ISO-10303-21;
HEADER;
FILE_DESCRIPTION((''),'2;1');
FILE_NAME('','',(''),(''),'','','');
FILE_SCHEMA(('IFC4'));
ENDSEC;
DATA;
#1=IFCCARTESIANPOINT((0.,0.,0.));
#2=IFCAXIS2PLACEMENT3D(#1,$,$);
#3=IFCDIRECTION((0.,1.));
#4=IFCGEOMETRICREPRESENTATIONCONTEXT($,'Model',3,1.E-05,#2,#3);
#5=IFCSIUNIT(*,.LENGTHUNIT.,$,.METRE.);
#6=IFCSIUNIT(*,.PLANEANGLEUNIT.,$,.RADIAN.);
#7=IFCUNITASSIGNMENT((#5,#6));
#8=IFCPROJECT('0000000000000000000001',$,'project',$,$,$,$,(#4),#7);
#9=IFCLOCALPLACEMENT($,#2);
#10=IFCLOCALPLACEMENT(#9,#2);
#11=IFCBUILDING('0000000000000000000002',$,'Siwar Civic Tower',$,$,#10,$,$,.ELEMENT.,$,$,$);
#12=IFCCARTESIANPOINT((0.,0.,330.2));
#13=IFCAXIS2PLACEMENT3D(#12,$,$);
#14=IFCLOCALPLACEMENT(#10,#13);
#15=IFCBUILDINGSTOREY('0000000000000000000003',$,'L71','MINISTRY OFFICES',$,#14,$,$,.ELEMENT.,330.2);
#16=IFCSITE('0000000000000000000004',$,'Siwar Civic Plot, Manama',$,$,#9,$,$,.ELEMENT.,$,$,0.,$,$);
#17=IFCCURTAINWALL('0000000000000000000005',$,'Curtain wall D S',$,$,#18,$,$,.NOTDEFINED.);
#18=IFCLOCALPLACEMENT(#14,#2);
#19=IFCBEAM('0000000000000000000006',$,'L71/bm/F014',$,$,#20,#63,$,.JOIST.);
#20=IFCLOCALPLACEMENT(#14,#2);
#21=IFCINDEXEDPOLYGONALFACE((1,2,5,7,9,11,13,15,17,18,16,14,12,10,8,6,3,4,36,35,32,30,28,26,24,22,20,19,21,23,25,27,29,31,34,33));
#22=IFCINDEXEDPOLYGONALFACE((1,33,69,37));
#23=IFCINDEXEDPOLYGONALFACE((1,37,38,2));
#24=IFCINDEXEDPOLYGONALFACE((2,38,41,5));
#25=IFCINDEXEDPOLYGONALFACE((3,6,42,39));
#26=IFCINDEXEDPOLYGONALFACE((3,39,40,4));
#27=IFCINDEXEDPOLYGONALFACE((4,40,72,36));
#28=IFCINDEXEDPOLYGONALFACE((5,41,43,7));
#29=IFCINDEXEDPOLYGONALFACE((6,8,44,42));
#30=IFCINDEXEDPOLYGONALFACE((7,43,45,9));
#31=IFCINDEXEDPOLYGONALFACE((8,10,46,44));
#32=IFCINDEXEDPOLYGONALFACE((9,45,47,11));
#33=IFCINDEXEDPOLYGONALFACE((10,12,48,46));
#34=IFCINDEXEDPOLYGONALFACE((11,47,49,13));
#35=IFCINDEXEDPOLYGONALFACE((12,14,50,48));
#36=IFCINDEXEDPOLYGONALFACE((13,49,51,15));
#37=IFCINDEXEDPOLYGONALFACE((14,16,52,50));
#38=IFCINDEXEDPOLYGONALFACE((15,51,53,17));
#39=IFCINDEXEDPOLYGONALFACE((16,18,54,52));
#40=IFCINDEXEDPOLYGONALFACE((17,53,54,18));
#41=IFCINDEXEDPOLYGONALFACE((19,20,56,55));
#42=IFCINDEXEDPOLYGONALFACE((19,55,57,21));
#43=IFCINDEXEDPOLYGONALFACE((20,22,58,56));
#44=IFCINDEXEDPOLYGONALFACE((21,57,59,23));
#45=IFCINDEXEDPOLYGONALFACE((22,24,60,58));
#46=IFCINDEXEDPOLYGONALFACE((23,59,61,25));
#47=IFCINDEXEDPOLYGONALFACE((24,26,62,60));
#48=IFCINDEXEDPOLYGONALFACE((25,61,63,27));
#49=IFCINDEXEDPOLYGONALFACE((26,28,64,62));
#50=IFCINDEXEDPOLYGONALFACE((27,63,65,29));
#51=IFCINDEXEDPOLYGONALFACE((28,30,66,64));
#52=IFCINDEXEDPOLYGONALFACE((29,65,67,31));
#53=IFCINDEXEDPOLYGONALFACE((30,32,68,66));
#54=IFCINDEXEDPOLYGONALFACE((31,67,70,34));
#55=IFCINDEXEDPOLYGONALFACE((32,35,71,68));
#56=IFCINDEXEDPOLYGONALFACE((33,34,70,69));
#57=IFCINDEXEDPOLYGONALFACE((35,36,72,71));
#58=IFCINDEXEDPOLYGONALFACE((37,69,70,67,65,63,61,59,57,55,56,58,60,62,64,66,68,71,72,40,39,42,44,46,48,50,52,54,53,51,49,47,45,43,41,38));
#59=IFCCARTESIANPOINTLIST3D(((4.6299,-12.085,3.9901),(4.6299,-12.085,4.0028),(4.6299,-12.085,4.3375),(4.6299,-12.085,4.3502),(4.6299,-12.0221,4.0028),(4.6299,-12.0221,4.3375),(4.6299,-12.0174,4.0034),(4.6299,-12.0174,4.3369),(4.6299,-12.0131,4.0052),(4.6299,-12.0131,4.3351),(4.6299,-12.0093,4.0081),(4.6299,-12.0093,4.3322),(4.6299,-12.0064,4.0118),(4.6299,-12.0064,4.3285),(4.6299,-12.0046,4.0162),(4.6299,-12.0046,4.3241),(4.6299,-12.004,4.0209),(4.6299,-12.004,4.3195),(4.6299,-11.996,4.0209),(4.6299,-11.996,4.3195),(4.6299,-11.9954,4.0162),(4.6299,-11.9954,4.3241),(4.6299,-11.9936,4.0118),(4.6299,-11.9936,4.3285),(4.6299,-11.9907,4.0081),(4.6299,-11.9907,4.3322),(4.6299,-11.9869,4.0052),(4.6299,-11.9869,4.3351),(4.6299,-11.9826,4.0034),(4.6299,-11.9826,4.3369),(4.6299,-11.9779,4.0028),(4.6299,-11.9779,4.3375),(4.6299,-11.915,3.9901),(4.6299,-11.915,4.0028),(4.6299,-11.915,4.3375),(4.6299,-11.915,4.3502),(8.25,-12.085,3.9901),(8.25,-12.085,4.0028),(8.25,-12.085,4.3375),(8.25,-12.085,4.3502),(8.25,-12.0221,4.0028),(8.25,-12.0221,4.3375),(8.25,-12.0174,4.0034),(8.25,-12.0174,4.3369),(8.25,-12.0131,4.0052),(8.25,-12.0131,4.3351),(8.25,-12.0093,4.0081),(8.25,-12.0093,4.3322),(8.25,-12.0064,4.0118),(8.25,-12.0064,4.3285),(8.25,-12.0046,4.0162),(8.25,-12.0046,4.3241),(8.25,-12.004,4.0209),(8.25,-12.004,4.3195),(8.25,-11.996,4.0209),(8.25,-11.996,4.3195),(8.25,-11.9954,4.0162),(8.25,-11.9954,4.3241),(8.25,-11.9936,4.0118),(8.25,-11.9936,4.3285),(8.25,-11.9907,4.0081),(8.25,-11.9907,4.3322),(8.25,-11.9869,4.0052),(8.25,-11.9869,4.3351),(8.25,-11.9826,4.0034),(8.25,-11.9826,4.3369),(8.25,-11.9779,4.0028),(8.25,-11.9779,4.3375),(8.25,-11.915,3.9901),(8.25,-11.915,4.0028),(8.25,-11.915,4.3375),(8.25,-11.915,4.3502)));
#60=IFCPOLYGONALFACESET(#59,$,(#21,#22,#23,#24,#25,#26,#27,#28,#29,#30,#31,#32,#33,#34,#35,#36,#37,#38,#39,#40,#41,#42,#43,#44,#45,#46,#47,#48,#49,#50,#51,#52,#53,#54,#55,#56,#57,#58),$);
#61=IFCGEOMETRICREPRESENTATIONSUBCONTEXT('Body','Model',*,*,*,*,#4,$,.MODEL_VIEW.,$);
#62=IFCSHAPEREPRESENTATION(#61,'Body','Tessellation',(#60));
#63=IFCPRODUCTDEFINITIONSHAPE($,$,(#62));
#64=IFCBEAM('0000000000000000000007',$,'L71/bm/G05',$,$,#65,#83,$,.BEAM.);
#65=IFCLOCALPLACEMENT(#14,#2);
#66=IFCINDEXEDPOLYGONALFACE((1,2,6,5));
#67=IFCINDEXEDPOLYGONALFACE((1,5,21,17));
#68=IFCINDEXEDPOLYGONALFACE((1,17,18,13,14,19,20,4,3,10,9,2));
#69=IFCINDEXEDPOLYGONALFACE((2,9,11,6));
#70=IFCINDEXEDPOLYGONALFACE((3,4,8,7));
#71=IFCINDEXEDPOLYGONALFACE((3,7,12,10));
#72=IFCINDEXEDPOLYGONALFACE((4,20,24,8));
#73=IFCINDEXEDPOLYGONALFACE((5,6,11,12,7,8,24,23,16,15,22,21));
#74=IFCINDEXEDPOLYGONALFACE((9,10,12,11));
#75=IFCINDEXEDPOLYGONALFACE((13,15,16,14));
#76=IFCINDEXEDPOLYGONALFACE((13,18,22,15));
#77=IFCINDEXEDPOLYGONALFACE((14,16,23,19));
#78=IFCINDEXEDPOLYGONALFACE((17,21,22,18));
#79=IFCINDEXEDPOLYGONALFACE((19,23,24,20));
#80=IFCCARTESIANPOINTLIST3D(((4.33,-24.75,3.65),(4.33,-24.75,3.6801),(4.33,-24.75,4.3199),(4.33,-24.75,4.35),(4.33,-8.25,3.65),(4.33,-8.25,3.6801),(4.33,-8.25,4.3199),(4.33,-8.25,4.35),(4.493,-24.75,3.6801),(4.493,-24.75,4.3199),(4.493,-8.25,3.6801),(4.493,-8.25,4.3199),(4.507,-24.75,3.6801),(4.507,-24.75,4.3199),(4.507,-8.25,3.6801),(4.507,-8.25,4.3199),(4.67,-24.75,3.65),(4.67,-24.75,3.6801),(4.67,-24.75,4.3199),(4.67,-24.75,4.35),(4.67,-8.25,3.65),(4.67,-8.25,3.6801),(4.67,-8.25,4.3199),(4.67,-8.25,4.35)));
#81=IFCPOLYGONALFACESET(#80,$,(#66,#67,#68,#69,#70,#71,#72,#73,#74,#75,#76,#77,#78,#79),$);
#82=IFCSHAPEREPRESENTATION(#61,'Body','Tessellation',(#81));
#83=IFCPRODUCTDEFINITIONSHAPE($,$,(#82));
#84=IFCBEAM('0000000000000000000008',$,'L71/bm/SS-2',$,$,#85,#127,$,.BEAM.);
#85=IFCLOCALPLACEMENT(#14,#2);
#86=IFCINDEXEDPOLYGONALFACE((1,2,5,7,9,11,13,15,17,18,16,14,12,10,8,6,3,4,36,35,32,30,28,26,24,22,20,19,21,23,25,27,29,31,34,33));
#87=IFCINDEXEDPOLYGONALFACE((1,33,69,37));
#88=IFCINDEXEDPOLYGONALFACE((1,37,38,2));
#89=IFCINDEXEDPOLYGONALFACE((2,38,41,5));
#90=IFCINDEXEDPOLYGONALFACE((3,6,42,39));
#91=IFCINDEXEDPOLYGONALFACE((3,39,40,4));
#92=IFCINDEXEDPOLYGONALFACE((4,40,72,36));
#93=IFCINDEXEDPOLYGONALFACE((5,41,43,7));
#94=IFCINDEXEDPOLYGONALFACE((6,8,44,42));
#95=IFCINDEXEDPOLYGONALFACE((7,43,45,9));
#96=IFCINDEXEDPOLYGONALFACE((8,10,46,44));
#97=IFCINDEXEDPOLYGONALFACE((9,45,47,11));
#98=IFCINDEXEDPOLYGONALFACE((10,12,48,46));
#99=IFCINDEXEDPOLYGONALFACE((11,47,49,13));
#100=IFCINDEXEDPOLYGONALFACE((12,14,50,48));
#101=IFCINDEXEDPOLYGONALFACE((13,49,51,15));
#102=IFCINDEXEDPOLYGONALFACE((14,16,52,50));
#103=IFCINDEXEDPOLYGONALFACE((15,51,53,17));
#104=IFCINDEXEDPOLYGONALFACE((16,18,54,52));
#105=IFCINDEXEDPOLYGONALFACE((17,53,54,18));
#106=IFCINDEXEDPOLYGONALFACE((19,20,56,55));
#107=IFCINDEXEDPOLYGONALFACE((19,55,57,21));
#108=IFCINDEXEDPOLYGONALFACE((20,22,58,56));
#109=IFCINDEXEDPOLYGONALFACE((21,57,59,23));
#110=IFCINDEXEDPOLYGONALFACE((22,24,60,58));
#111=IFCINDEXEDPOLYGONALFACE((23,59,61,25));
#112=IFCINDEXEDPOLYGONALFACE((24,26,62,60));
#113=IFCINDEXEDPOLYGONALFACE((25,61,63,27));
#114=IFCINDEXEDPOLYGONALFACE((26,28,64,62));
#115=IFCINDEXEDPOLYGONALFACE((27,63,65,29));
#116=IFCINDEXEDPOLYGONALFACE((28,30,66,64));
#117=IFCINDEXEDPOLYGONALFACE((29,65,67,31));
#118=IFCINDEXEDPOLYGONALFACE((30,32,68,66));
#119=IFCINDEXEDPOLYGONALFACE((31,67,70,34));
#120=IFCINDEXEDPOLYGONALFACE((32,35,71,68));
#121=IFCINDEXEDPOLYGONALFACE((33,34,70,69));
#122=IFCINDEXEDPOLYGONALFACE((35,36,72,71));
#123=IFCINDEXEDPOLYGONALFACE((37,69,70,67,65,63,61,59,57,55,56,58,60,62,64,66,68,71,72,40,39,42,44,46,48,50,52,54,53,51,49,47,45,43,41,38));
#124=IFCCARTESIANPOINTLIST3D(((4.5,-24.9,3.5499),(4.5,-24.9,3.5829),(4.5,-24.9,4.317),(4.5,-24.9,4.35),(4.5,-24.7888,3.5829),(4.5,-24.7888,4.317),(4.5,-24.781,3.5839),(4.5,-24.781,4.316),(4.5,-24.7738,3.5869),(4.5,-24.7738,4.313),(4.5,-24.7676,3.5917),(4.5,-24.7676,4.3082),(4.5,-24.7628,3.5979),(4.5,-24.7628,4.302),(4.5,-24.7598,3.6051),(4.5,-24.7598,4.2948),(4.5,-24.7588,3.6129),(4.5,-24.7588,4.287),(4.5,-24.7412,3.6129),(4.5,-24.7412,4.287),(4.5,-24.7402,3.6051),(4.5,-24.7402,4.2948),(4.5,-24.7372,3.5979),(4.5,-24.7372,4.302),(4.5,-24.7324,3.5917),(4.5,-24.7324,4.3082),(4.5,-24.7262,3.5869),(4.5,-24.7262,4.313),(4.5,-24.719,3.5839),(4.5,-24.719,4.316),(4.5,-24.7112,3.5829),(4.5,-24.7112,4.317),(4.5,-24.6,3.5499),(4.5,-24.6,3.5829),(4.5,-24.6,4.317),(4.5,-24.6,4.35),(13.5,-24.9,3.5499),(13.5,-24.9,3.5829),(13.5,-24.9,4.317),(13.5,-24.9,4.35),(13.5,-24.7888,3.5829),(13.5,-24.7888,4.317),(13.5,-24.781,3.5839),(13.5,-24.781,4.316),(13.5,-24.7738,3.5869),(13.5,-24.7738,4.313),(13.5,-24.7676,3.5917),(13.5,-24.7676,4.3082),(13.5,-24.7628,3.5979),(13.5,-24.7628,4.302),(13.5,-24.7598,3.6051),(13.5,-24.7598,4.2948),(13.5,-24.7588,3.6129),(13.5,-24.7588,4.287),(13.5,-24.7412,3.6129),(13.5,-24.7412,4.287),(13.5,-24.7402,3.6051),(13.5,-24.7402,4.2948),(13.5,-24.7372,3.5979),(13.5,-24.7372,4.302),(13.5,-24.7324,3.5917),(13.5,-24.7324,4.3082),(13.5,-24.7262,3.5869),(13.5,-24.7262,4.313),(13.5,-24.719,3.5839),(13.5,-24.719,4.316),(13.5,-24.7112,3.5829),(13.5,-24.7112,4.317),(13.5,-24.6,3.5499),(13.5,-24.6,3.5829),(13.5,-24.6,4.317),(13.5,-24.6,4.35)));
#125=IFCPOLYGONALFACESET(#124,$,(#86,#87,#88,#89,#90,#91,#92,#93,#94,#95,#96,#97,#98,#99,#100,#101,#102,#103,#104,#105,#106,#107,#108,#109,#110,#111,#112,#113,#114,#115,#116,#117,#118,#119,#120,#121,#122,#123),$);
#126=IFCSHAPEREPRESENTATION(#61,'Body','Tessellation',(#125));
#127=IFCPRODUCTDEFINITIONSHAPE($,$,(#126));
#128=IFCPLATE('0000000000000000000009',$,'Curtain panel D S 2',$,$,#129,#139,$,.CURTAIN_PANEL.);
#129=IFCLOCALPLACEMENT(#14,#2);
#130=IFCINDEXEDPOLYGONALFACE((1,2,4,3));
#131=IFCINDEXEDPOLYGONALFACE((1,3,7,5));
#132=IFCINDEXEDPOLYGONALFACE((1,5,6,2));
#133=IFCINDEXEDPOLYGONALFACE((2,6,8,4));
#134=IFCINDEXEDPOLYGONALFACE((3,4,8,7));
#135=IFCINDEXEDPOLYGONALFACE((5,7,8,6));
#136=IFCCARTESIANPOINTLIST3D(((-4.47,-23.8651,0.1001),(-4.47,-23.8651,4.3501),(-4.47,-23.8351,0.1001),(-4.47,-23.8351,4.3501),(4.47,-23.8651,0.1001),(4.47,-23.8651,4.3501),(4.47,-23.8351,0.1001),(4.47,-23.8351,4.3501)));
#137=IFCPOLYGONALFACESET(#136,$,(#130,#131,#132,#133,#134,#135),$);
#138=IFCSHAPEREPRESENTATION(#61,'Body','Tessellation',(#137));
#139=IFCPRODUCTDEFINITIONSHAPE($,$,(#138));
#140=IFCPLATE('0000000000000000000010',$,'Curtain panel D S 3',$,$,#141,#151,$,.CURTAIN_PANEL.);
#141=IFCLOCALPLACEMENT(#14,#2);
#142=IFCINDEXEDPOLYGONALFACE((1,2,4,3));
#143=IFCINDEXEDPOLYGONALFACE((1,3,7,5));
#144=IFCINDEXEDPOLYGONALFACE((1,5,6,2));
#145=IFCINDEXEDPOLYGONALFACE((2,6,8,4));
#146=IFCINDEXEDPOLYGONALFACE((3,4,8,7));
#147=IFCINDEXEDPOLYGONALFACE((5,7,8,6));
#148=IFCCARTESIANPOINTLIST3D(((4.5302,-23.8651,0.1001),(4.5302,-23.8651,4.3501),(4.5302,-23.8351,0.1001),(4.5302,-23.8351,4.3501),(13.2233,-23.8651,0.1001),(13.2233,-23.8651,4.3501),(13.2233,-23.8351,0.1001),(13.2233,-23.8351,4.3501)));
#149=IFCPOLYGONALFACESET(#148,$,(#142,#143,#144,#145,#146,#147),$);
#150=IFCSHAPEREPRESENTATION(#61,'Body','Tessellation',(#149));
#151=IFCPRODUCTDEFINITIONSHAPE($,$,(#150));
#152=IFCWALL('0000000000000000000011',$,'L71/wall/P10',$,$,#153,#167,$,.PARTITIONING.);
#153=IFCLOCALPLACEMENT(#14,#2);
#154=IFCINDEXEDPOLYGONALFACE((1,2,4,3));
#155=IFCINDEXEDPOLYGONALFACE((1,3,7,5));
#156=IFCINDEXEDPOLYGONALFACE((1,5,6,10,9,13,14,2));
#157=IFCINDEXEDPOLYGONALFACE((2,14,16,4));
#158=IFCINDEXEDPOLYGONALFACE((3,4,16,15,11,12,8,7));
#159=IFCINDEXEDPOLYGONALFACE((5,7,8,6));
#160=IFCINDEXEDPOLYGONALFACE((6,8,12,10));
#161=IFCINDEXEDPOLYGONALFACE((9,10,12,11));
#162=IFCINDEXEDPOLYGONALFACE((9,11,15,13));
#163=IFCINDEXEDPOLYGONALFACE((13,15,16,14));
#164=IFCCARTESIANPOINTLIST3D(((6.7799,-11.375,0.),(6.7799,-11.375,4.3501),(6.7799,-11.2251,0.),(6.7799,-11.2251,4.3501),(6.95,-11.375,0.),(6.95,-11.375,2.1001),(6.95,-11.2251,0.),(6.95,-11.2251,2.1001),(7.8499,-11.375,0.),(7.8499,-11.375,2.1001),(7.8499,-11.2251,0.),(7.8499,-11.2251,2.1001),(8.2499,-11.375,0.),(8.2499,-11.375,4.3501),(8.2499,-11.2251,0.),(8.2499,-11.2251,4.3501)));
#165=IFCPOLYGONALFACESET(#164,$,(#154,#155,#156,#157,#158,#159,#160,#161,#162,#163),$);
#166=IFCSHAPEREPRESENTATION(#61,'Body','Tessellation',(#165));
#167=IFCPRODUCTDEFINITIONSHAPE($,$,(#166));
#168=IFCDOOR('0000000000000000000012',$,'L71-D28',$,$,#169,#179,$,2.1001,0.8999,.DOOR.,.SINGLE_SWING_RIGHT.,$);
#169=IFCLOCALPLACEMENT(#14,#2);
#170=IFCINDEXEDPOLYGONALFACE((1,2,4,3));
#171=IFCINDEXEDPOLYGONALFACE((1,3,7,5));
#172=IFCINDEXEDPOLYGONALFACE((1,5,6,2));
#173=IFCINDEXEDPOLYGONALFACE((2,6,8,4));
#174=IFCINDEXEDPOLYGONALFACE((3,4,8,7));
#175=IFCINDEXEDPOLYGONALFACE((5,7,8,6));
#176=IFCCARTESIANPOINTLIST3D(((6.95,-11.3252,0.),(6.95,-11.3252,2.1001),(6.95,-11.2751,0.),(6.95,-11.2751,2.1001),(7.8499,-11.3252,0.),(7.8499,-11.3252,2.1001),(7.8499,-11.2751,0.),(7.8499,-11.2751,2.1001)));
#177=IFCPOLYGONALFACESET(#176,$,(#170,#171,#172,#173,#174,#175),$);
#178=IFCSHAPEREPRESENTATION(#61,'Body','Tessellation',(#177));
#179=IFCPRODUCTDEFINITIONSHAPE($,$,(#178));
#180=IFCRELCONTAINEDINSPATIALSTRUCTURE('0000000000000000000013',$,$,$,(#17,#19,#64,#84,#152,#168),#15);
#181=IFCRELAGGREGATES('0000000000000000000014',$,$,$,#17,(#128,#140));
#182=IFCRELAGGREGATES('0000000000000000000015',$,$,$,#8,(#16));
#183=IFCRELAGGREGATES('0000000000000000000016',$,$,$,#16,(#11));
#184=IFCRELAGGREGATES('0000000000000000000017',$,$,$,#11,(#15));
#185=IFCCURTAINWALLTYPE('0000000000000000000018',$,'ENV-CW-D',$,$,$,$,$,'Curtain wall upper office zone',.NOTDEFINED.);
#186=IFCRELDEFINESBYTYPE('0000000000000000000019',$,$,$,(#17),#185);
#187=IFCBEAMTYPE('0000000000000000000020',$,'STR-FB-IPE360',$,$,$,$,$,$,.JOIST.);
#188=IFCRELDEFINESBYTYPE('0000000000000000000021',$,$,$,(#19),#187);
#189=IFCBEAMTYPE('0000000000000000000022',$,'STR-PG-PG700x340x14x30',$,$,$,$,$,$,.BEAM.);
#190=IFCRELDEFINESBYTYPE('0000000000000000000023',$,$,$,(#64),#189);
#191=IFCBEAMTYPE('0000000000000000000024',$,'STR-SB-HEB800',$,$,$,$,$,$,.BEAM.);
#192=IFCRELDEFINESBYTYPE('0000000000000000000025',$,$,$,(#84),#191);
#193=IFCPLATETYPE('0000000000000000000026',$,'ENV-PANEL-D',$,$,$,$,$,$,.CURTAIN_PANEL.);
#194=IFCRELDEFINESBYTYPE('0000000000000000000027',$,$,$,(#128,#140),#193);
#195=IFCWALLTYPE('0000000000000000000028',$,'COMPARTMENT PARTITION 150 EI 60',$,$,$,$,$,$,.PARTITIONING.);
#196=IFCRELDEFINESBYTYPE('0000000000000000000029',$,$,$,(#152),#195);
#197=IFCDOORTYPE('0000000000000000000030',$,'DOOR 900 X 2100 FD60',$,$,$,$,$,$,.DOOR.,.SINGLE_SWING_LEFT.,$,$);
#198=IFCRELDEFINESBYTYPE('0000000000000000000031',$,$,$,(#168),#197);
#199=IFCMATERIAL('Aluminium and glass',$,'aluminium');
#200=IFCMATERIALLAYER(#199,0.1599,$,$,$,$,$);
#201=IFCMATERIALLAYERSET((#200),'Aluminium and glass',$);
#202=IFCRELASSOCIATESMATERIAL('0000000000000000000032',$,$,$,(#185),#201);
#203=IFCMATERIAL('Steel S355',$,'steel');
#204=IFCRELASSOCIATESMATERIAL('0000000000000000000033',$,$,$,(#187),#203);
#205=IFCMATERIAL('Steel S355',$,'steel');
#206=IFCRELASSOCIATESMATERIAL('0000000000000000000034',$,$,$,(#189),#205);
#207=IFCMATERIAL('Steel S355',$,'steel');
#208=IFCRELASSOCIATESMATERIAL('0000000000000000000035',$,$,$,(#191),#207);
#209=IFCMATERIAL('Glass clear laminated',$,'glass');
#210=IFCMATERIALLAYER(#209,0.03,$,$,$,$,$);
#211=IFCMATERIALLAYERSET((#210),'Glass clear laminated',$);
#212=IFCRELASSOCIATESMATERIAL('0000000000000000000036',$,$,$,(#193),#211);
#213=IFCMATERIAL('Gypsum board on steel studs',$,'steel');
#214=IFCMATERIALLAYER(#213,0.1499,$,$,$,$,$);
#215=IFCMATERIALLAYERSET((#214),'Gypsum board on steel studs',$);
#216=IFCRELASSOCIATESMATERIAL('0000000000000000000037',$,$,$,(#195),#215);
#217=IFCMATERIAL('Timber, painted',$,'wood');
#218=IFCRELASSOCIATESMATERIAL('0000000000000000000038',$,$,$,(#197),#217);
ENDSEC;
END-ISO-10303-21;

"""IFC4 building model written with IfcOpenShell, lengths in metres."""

from ifc_helpers import new_model, si_unit, direction, frame, frame_2d, origin, origin_2d, place, context, subcontext, project, spatial, rectangle, i_section, extrude, material, layer, layer_set, material_profile, profile_set, type_object, element, fill, aggregate, save


model = new_model("IFC4")

# Units and contexts
model_context = context("Model", 3, precision=1e-05, world=origin(), true_north=direction((0.0, 1.0)))
body_context = subcontext(model_context, "Body", "Model", "MODEL_VIEW")
ifc_project = project(units=[si_unit("LENGTHUNIT", "METRE"), si_unit("PLANEANGLEUNIT", "RADIAN")], contexts=[model_context])

# Site, building, storey
site_placement = place(None, origin())
site = spatial("IfcSite", under=ifc_project, at=site_placement, Name="Siwar Civic Plot, Manama", CompositionType="ELEMENT", RefElevation=0.0)
building_placement = place(site_placement, origin())
building = spatial("IfcBuilding", under=site, at=building_placement, Name="Siwar Civic Tower", CompositionType="ELEMENT")
storey_placement = place(building_placement, frame((0.0, 0.0, 330.2)))
storey = spatial("IfcBuildingStorey", under=building, at=storey_placement, Name="L71", Description="MINISTRY OFFICES", CompositionType="ELEMENT", Elevation=330.2)

# Curtain wall
ifc_material_1 = material(Name="Aluminium and glass", Category="aluminium")
ifc_layer_1 = layer(ifc_material_1, 0.1599)
ifc_layer_set_1 = layer_set([ifc_layer_1], Name="Aluminium and glass")
curtain_wall_type_1 = type_object("IfcCurtainWallType", Name="ENV-CW-D", ElementType="Curtain wall upper office zone", PredefinedType="NOTDEFINED", material=ifc_layer_set_1)
curtain_wall_1_placement = place(storey_placement, origin())
curtain_wall_1 = element("IfcCurtainWall", 1, at=curtain_wall_1_placement, inside=storey, type_object=curtain_wall_type_1, Name="Curtain wall D S", PredefinedType="NOTDEFINED")

# Beams
ifc_material_2 = material(Name="Steel S355", Category="steel")
ifc_material_profile_1 = material_profile(ifc_material_2, i_section(OverallWidth=0.1699, OverallDepth=0.3601, WebThickness=0.0081, FlangeThickness=0.0127, FilletRadius=0.0181, at=origin_2d()), Name="IPE360")
ifc_profile_set_1 = profile_set([ifc_material_profile_1], Name="Steel S355")
beam_type_1 = type_object("IfcBeamType", Name="STR-FB-IPE360", PredefinedType="JOIST", material=ifc_profile_set_1)
beam_1_placement = place(storey_placement, frame((4.6299, -12.0, 4.1702), z_axis=(1.0, 0.0, 0.0), x_axis=(0.0, 1.0, 0.0)))
element("IfcBeam", 2, at=beam_1_placement, inside=storey, type_object=beam_type_1, Name="L71/bm/F014", PredefinedType="JOIST", context=body_context, shape_type="SweptSolid", body=[
    extrude(i_section(OverallWidth=0.1699, OverallDepth=0.3601, WebThickness=0.0081, FlangeThickness=0.0127, FilletRadius=0.0181, at=origin_2d()), origin(), (0.0, 0.0, 1.0), 3.6201),
])
ifc_material_3 = material(Name="Steel S355", Category="steel")
ifc_material_profile_2 = material_profile(ifc_material_3, i_section(OverallWidth=0.3401, OverallDepth=0.7, WebThickness=0.0139, FlangeThickness=0.03, at=origin_2d()), Name="PG700x340x14x30")
ifc_profile_set_2 = profile_set([ifc_material_profile_2], Name="Steel S355")
beam_type_2 = type_object("IfcBeamType", Name="STR-PG-PG700x340x14x30", PredefinedType="BEAM", material=ifc_profile_set_2)
beam_2_placement = place(storey_placement, frame((4.5, -24.75, 4.0), z_axis=(0.0, 1.0, 0.0), x_axis=(-1.0, 0.0, 0.0)))
element("IfcBeam", 3, at=beam_2_placement, inside=storey, type_object=beam_type_2, Name="L71/bm/G05", PredefinedType="BEAM", context=body_context, shape_type="SweptSolid", body=[
    extrude(i_section(OverallWidth=0.3401, OverallDepth=0.7, WebThickness=0.0139, FlangeThickness=0.03, at=origin_2d()), origin(), (0.0, 0.0, 1.0), 16.5),
])
ifc_material_4 = material(Name="Steel S355", Category="steel")
ifc_material_profile_3 = material_profile(ifc_material_4, i_section(OverallWidth=0.3, OverallDepth=0.8, WebThickness=0.0176, FlangeThickness=0.033, FilletRadius=0.03, at=origin_2d()), Name="HEB800")
ifc_profile_set_3 = profile_set([ifc_material_profile_3], Name="Steel S355")
beam_type_3 = type_object("IfcBeamType", Name="STR-SB-HEB800", PredefinedType="BEAM", material=ifc_profile_set_3)
beam_3_placement = place(storey_placement, frame((4.5, -24.75, 3.95), z_axis=(1.0, 0.0, 0.0), x_axis=(0.0, 1.0, 0.0)))
element("IfcBeam", 4, at=beam_3_placement, inside=storey, type_object=beam_type_3, Name="L71/bm/SS-2", PredefinedType="BEAM", context=body_context, shape_type="SweptSolid", body=[
    extrude(i_section(OverallWidth=0.3, OverallDepth=0.8, WebThickness=0.0176, FlangeThickness=0.033, FilletRadius=0.03, at=origin_2d()), origin(), (0.0, 0.0, 1.0), 9.0),
])

# Plates
ifc_material_5 = material(Name="Glass clear laminated", Category="glass")
ifc_layer_2 = layer(ifc_material_5, 0.03)
ifc_layer_set_2 = layer_set([ifc_layer_2], Name="Glass clear laminated")
plate_type = type_object("IfcPlateType", Name="ENV-PANEL-D", PredefinedType="CURTAIN_PANEL", material=ifc_layer_set_2)
plate_1_placement = place(storey_placement, frame((0.0, -23.8501, 0.1001), z_axis=(0.0, 0.0, 1.0), x_axis=(1.0, 0.0, 0.0)))
plate_1 = element("IfcPlate", 5, at=plate_1_placement, type_object=plate_type, Name="Curtain panel D S 2", PredefinedType="CURTAIN_PANEL", context=body_context, shape_type="SweptSolid", body=[
    extrude(rectangle(XDim=8.9399, YDim=0.03, at=origin_2d()), origin(), (0.0, 0.0, 1.0), 4.25),
])
plate_2_placement = place(storey_placement, frame((8.8767, -23.8501, 0.1001), z_axis=(0.0, 0.0, 1.0), x_axis=(1.0, 0.0, 0.0)))
plate_2 = element("IfcPlate", 6, at=plate_2_placement, type_object=plate_type, Name="Curtain panel D S 3", PredefinedType="CURTAIN_PANEL", context=body_context, shape_type="SweptSolid", body=[
    extrude(rectangle(XDim=8.6931, YDim=0.03, at=origin_2d()), origin(), (0.0, 0.0, 1.0), 4.25),
])
aggregate(curtain_wall_1, [plate_1, plate_2])

# Wall, opening, door
ifc_material_6 = material(Name="Gypsum board on steel studs", Category="steel")
ifc_layer_3 = layer(ifc_material_6, 0.1499)
ifc_layer_set_3 = layer_set([ifc_layer_3], Name="Gypsum board on steel studs")
wall_type_1 = type_object("IfcWallType", Name="COMPARTMENT PARTITION 150 EI 60", PredefinedType="PARTITIONING", material=ifc_layer_set_3)
wall_1_placement = place(storey_placement, frame((6.78, -11.3, 0.0), z_axis=(0.0, 0.0, 1.0), x_axis=(1.0, 0.0, 0.0)))
wall_1 = element("IfcWall", 7, at=wall_1_placement, inside=storey, type_object=wall_type_1, Name="L71/wall/P10", PredefinedType="PARTITIONING", context=body_context, shape_type="SweptSolid", body=[
    extrude(rectangle(XDim=1.47, YDim=0.1499, at=frame_2d((0.7349, 0.0))), origin(), (0.0, 0.0, 1.0), 4.3501),
])
opening_placement = place(wall_1_placement, frame((0.1699, 0.0, 0.0)))
opening = element("IfcOpeningElement", 8, at=opening_placement, cuts=wall_1, PredefinedType="OPENING", context=body_context, shape_type="SweptSolid", body=[
    extrude(rectangle(XDim=0.8999, YDim=2.1001, at=frame_2d((0.45, 1.05))), frame((0.0, 0.085, 0.0), z_axis=(0.0, -1.0, 0.0), x_axis=(1.0, 0.0, 0.0)), (0.0, 0.0, 1.0), 0.1699),
])
ifc_material_7 = material(Name="Timber, painted", Category="wood")
door_type = type_object("IfcDoorType", Name="DOOR 900 X 2100 FD60", OperationType="SINGLE_SWING_LEFT", PredefinedType="DOOR", material=ifc_material_7)
door_placement = place(opening_placement, origin())
door = element("IfcDoor", 9, at=door_placement, inside=storey, type_object=door_type, Name="L71-D28", OperationType="SINGLE_SWING_RIGHT", OverallHeight=2.1001, OverallWidth=0.8999, PredefinedType="DOOR", context=body_context, shape_type="SweptSolid", body=[
    extrude(rectangle(XDim=0.8999, YDim=2.1001, at=frame_2d((0.45, 1.05))), frame((0.0, 0.0249, 0.0), z_axis=(0.0, -1.0, 0.0), x_axis=(1.0, 0.0, 0.0)), (0.0, 0.0, 1.0), 0.05),
])
fill(opening, door)

save(model, "model.ifc")
